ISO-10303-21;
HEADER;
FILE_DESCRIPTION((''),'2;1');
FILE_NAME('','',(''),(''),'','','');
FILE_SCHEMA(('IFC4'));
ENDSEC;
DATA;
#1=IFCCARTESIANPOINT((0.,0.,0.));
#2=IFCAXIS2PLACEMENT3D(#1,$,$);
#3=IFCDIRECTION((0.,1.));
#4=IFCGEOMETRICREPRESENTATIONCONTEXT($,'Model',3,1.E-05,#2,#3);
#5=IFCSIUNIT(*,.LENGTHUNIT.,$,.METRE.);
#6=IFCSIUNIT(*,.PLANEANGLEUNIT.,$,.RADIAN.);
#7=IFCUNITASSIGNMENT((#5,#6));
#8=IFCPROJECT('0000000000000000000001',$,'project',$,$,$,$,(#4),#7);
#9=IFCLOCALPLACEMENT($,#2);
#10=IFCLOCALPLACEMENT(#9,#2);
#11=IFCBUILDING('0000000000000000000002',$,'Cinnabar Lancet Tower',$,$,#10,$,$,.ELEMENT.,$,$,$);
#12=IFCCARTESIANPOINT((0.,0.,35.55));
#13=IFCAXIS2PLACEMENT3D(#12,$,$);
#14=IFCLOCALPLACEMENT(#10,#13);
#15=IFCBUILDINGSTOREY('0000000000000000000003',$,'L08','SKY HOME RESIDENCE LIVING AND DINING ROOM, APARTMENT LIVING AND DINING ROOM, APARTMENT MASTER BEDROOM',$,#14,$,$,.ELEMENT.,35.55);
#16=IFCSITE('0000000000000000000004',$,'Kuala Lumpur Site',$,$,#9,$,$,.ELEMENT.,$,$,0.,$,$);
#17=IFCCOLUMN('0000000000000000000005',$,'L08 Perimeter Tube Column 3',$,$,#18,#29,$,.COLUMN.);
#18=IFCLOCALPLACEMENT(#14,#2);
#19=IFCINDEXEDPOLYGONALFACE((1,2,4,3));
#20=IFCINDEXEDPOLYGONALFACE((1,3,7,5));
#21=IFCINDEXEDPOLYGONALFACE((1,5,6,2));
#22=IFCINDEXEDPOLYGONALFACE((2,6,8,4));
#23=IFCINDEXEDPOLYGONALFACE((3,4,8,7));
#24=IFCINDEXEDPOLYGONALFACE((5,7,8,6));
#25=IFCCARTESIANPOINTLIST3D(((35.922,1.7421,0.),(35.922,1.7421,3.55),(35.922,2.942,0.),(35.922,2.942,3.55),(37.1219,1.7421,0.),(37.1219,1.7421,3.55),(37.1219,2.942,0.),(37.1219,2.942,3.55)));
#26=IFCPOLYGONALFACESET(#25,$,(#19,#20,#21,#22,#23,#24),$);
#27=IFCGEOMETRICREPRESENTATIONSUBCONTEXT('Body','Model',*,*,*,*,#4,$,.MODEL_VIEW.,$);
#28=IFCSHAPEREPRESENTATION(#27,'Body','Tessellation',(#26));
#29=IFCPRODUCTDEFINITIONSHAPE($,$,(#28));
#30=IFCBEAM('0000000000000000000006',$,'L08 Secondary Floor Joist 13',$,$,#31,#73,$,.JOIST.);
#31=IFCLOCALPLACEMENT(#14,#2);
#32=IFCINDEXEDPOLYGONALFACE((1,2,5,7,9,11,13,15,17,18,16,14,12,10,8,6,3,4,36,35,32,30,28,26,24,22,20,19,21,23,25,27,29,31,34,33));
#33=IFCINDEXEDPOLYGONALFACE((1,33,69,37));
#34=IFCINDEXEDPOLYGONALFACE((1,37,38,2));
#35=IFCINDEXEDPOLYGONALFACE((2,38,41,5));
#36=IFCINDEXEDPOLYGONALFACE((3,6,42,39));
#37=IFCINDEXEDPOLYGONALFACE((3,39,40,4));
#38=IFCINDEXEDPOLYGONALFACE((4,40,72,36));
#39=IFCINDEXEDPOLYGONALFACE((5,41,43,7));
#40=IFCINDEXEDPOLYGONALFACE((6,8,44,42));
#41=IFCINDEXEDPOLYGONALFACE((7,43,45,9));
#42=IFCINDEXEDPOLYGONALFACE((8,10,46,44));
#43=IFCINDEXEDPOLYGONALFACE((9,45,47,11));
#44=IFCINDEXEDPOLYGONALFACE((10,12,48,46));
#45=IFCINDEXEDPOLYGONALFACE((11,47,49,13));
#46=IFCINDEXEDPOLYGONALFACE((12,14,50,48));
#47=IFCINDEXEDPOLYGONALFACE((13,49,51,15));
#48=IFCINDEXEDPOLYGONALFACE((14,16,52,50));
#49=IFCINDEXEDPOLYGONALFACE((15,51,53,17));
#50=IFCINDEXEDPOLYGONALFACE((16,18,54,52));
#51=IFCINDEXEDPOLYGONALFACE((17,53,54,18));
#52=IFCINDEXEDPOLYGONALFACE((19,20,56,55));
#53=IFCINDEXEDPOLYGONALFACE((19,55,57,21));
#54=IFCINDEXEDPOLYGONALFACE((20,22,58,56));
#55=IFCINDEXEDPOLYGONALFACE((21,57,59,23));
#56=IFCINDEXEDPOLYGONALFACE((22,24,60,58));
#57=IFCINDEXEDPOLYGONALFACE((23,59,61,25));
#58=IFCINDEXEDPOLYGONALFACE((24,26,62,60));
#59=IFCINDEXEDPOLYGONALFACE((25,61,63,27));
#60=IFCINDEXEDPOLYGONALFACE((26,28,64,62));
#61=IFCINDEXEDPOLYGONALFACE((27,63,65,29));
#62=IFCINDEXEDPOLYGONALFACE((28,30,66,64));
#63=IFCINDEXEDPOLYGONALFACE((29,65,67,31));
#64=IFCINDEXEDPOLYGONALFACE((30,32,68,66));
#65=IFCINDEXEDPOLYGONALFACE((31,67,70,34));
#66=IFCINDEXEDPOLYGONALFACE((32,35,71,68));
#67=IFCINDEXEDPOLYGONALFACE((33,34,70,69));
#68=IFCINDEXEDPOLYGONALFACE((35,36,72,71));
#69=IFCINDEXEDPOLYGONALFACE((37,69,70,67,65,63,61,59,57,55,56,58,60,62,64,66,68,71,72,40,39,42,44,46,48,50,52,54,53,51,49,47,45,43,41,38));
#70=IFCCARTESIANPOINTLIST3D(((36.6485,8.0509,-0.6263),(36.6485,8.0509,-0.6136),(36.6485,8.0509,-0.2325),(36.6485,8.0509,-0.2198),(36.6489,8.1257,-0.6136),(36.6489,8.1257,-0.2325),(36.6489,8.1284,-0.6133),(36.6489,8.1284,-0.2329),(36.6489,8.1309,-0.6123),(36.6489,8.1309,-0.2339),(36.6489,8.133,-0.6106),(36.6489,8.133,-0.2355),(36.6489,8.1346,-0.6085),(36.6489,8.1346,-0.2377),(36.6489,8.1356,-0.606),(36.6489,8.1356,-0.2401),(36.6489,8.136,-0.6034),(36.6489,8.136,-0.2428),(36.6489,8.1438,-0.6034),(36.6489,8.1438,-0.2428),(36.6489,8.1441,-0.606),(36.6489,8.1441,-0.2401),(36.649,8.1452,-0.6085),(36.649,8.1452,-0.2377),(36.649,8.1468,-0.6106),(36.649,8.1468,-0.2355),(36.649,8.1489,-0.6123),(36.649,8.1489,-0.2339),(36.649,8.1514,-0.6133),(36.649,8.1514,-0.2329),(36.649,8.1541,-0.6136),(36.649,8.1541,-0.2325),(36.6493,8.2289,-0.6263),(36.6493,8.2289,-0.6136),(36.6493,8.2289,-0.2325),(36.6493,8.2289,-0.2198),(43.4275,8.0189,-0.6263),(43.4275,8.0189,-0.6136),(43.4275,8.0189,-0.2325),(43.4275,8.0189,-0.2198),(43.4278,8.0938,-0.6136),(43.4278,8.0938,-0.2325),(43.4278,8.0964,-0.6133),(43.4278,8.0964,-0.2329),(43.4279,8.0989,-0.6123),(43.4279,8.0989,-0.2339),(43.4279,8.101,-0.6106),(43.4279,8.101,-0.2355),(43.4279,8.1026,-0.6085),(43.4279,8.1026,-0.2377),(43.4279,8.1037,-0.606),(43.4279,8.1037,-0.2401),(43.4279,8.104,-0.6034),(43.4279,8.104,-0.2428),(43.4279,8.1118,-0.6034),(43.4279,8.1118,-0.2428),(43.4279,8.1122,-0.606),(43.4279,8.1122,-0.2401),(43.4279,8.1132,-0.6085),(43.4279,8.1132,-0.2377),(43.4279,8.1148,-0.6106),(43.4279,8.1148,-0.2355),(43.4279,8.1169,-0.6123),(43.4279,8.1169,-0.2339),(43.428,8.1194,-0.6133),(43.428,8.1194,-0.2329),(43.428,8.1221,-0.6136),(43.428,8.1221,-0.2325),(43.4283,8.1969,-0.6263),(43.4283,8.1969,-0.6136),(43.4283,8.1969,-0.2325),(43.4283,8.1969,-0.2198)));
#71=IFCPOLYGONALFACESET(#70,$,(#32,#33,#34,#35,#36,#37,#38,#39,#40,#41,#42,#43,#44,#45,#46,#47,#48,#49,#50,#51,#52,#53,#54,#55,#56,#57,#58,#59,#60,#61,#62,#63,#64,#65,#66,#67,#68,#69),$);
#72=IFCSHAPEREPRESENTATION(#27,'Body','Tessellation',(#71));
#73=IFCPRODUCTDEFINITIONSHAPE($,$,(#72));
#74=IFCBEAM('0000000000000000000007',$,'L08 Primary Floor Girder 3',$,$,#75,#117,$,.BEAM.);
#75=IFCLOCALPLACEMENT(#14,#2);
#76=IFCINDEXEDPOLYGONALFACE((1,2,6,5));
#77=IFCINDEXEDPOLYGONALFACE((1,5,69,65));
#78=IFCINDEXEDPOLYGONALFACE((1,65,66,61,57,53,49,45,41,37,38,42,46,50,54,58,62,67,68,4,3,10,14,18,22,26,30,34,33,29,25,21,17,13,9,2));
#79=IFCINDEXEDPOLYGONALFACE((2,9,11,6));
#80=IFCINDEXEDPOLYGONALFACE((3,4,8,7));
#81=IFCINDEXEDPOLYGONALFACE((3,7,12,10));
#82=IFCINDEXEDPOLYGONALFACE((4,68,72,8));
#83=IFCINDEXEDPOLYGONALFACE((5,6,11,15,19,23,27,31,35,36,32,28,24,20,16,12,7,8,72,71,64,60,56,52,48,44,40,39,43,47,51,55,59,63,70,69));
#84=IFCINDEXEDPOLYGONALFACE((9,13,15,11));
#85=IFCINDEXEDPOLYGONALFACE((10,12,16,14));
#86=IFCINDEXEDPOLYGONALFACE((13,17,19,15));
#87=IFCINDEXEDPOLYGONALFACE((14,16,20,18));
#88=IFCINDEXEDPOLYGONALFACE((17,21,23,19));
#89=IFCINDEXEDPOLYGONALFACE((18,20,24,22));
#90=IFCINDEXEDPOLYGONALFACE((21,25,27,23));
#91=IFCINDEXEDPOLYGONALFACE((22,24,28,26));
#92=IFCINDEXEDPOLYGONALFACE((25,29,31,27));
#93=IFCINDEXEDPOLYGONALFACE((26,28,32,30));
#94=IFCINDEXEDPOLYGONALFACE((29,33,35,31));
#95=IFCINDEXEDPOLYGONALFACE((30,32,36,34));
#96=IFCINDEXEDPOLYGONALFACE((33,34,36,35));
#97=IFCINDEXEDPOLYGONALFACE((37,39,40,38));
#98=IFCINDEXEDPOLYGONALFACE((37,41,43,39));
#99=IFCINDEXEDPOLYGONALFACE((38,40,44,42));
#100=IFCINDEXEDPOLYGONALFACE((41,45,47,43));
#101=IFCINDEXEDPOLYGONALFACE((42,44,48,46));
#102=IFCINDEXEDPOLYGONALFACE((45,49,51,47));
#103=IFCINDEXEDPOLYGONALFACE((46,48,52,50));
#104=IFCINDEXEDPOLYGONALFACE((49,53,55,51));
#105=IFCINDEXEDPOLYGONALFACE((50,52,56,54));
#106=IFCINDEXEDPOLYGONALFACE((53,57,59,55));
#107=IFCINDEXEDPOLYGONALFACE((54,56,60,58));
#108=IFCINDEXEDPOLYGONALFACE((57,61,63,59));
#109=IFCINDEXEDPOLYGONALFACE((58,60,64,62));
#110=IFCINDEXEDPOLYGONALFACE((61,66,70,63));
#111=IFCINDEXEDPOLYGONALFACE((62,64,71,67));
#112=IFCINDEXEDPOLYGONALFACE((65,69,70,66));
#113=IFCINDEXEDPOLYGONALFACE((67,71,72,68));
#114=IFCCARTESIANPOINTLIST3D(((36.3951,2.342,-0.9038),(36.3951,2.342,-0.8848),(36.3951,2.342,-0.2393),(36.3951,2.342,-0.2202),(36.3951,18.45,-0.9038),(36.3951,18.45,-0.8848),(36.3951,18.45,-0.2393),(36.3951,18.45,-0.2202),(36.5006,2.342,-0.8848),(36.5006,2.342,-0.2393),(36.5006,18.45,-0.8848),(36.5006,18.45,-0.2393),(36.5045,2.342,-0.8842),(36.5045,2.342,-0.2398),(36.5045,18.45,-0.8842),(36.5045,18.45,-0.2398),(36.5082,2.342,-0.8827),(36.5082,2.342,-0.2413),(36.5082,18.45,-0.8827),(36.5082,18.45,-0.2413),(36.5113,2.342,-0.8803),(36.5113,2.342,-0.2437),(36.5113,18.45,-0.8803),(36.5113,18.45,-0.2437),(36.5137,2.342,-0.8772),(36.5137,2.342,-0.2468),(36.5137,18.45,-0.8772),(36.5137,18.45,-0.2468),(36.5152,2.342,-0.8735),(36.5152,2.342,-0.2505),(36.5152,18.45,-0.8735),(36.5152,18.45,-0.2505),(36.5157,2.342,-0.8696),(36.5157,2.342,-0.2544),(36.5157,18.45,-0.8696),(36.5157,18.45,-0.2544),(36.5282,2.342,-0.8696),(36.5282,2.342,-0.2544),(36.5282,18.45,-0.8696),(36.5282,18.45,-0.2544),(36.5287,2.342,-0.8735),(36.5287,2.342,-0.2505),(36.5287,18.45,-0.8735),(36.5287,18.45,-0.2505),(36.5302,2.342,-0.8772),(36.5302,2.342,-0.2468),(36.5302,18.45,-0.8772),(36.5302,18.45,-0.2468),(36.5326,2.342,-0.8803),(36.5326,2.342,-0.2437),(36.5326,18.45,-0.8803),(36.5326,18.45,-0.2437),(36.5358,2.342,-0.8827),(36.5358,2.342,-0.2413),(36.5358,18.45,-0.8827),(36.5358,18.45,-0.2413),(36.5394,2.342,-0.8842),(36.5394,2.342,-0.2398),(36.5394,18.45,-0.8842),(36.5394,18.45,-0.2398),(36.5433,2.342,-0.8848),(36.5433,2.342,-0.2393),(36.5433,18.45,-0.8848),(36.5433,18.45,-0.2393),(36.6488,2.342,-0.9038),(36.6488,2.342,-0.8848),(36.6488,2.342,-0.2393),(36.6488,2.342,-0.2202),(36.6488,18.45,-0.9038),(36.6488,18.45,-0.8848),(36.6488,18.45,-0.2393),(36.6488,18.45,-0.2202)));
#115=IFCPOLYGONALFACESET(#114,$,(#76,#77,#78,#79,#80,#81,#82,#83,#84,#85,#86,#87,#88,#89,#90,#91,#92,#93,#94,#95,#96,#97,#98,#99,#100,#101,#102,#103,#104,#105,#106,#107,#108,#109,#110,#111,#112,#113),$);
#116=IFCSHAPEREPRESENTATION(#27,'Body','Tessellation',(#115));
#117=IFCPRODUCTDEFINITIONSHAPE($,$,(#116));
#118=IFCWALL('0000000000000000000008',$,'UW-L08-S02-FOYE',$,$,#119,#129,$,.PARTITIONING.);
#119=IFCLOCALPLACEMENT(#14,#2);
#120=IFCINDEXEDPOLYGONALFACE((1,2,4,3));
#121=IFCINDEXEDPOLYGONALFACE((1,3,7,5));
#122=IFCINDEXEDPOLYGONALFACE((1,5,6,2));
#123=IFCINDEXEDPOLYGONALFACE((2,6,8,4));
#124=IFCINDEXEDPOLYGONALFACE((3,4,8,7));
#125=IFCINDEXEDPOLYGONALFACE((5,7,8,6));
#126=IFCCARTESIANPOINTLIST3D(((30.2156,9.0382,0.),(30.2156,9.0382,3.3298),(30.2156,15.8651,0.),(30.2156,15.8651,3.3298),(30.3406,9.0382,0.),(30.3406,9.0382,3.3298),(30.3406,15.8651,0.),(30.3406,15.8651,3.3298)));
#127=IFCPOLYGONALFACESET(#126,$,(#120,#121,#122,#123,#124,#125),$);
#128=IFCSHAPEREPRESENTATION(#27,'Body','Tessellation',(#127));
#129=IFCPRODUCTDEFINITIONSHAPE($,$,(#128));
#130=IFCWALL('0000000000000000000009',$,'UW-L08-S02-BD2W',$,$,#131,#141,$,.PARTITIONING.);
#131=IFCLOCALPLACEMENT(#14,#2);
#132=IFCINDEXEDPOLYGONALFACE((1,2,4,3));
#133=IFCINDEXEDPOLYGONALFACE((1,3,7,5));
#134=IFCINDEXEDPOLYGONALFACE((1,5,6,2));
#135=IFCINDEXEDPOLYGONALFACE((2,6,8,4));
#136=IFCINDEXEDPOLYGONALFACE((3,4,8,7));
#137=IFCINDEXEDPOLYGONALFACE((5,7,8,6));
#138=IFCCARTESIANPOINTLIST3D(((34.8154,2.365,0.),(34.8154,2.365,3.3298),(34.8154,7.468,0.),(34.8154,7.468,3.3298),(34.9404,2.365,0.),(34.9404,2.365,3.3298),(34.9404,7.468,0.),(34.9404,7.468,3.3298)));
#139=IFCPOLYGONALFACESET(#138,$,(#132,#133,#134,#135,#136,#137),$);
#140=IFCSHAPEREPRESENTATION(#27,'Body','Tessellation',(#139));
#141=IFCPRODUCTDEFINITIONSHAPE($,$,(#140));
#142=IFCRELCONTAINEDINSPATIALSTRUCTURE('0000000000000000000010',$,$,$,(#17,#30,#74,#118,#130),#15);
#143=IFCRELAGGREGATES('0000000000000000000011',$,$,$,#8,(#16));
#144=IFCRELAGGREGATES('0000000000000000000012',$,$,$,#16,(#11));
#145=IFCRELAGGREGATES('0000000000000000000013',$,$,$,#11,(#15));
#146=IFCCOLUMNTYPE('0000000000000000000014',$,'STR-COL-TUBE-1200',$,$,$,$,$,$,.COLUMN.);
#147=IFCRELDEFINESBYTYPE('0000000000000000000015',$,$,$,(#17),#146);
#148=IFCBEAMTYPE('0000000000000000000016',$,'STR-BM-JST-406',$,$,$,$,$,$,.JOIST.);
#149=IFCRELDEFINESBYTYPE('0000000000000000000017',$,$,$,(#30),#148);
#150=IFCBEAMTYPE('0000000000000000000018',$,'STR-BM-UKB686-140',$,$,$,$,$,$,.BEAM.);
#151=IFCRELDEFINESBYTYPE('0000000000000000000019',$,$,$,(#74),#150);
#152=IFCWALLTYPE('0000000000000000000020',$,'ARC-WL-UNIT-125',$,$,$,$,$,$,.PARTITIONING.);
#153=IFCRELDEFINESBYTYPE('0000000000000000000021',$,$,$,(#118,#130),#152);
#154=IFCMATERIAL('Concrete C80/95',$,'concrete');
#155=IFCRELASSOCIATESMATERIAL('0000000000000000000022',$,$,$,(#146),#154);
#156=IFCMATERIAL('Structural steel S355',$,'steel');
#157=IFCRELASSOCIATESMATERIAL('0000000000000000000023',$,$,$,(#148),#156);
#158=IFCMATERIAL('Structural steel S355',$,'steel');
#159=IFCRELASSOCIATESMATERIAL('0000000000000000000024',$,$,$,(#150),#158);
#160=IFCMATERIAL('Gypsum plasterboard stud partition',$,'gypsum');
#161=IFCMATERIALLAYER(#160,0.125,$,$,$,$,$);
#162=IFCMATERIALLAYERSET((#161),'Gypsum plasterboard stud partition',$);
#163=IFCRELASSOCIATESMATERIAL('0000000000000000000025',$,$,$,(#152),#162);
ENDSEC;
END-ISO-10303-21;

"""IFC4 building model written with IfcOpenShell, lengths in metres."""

from ifc_helpers import new_model, si_unit, direction, frame, frame_2d, origin, origin_2d, place, context, subcontext, project, spatial, rectangle, i_section, extrude, material, layer, layer_set, material_profile, profile_set, type_object, element, save


model = new_model("IFC4")

# Units and contexts
model_context = context("Model", 3, precision=1e-05, world=origin(), true_north=direction((0.0, 1.0)))
body_context = subcontext(model_context, "Body", "Model", "MODEL_VIEW")
ifc_project = project(units=[si_unit("LENGTHUNIT", "METRE"), si_unit("PLANEANGLEUNIT", "RADIAN")], contexts=[model_context])

# Site, building, storey
site_placement = place(None, origin())
site = spatial("IfcSite", under=ifc_project, at=site_placement, Name="Kuala Lumpur Site", CompositionType="ELEMENT", RefElevation=0.0)
building_placement = place(site_placement, origin())
building = spatial("IfcBuilding", under=site, at=building_placement, Name="Cinnabar Lancet Tower", CompositionType="ELEMENT")
storey_placement = place(building_placement, frame((0.0, 0.0, 35.55)))
storey = spatial("IfcBuildingStorey", under=building, at=storey_placement, Name="L08", Description="SKY HOME RESIDENCE LIVING AND DINING ROOM, APARTMENT LIVING AND DINING ROOM, APARTMENT MASTER BEDROOM", CompositionType="ELEMENT", Elevation=35.55)

# Column
ifc_material_1 = material(Name="Concrete C80/95", Category="concrete")
ifc_material_profile_1 = material_profile(ifc_material_1, rectangle(XDim=1.2, YDim=1.2, at=origin_2d()), Name="RC-COL 1200x1200")
ifc_profile_set_1 = profile_set([ifc_material_profile_1], Name="Concrete C80/95")
column_type = type_object("IfcColumnType", Name="STR-COL-TUBE-1200", PredefinedType="COLUMN", material=ifc_profile_set_1)
column_placement = place(storey_placement, frame((36.522, 2.342, 0.0), z_axis=(0.0, 0.0, 1.0), x_axis=(1.0, 0.0, 0.0)))
element("IfcColumn", 1, at=column_placement, inside=storey, type_object=column_type, Name="L08 Perimeter Tube Column 3", PredefinedType="COLUMN", context=body_context, shape_type="SweptSolid", body=[
    extrude(rectangle(XDim=1.2, YDim=1.2, at=origin_2d()), origin(), (0.0, 0.0, 1.0), 3.55),
])

# Beams
ifc_material_2 = material(Name="Structural steel S355", Category="steel")
ifc_material_profile_2 = material_profile(ifc_material_2, i_section(OverallWidth=0.178, OverallDepth=0.4065, WebThickness=0.0078, FlangeThickness=0.0127, FilletRadius=0.0103, at=origin_2d()), Name="UKB 406x178x60")
ifc_profile_set_2 = profile_set([ifc_material_profile_2], Name="Structural steel S355")
beam_type_1 = type_object("IfcBeamType", Name="STR-BM-JST-406", PredefinedType="JOIST", material=ifc_profile_set_2)
beam_1_placement = place(storey_placement, frame((36.6489, 8.1399, -0.4231), z_axis=(0.999989, -0.004718, 0.0), x_axis=(0.004718, 0.999989, 0.0)))
element("IfcBeam", 2, at=beam_1_placement, inside=storey, type_object=beam_type_1, Name="L08 Secondary Floor Joist 13", PredefinedType="JOIST", context=body_context, shape_type="SweptSolid", body=[
    extrude(i_section(OverallWidth=0.178, OverallDepth=0.4065, WebThickness=0.0078, FlangeThickness=0.0127, FilletRadius=0.0103, at=origin_2d()), origin(), (0.0, 0.0, 1.0), 6.7791),
])
ifc_material_3 = material(Name="Structural steel S355", Category="steel")
ifc_material_profile_3 = material_profile(ifc_material_3, i_section(OverallWidth=0.2537, OverallDepth=0.6836, WebThickness=0.0125, FlangeThickness=0.019, FilletRadius=0.0151, at=origin_2d()), Name="UKB 686x254x140")
ifc_profile_set_3 = profile_set([ifc_material_profile_3], Name="Structural steel S355")
beam_type_2 = type_object("IfcBeamType", Name="STR-BM-UKB686-140", PredefinedType="BEAM", material=ifc_profile_set_3)
beam_2_placement = place(storey_placement, frame((36.522, 2.342, -0.562), z_axis=(0.0, 1.0, 0.0), x_axis=(-1.0, 0.0, 0.0)))
element("IfcBeam", 3, at=beam_2_placement, inside=storey, type_object=beam_type_2, Name="L08 Primary Floor Girder 3", PredefinedType="BEAM", context=body_context, shape_type="SweptSolid", body=[
    extrude(i_section(OverallWidth=0.2537, OverallDepth=0.6836, WebThickness=0.0125, FlangeThickness=0.019, FilletRadius=0.0151, at=origin_2d()), origin(), (0.0, 0.0, 1.0), 16.1079),
])

# Walls
ifc_material_4 = material(Name="Gypsum plasterboard stud partition", Category="gypsum")
ifc_layer_1 = layer(ifc_material_4, 0.125)
ifc_layer_set_1 = layer_set([ifc_layer_1], Name="Gypsum plasterboard stud partition")
wall_type_1 = type_object("IfcWallType", Name="ARC-WL-UNIT-125", PredefinedType="PARTITIONING", material=ifc_layer_set_1)
wall_1_placement = place(storey_placement, frame((30.2781, 9.0381, 0.0), z_axis=(0.0, 0.0, 1.0), x_axis=(0.0, 1.0, 0.0)))
element("IfcWall", 4, at=wall_1_placement, inside=storey, type_object=wall_type_1, Name="UW-L08-S02-FOYE", PredefinedType="PARTITIONING", context=body_context, shape_type="SweptSolid", body=[
    extrude(rectangle(XDim=6.8269, YDim=0.125, at=frame_2d((3.4136, 0.0))), origin(), (0.0, 0.0, 1.0), 3.3298),
])
wall_2_placement = place(storey_placement, frame((34.8779, 2.365, 0.0), z_axis=(0.0, 0.0, 1.0), x_axis=(0.0, 1.0, 0.0)))
element("IfcWall", 5, at=wall_2_placement, inside=storey, type_object=wall_type_1, Name="UW-L08-S02-BD2W", PredefinedType="PARTITIONING", context=body_context, shape_type="SweptSolid", body=[
    extrude(rectangle(XDim=5.103, YDim=0.125, at=frame_2d((2.5515, 0.0))), origin(), (0.0, 0.0, 1.0), 3.3298),
])

save(model, "model.ifc")
